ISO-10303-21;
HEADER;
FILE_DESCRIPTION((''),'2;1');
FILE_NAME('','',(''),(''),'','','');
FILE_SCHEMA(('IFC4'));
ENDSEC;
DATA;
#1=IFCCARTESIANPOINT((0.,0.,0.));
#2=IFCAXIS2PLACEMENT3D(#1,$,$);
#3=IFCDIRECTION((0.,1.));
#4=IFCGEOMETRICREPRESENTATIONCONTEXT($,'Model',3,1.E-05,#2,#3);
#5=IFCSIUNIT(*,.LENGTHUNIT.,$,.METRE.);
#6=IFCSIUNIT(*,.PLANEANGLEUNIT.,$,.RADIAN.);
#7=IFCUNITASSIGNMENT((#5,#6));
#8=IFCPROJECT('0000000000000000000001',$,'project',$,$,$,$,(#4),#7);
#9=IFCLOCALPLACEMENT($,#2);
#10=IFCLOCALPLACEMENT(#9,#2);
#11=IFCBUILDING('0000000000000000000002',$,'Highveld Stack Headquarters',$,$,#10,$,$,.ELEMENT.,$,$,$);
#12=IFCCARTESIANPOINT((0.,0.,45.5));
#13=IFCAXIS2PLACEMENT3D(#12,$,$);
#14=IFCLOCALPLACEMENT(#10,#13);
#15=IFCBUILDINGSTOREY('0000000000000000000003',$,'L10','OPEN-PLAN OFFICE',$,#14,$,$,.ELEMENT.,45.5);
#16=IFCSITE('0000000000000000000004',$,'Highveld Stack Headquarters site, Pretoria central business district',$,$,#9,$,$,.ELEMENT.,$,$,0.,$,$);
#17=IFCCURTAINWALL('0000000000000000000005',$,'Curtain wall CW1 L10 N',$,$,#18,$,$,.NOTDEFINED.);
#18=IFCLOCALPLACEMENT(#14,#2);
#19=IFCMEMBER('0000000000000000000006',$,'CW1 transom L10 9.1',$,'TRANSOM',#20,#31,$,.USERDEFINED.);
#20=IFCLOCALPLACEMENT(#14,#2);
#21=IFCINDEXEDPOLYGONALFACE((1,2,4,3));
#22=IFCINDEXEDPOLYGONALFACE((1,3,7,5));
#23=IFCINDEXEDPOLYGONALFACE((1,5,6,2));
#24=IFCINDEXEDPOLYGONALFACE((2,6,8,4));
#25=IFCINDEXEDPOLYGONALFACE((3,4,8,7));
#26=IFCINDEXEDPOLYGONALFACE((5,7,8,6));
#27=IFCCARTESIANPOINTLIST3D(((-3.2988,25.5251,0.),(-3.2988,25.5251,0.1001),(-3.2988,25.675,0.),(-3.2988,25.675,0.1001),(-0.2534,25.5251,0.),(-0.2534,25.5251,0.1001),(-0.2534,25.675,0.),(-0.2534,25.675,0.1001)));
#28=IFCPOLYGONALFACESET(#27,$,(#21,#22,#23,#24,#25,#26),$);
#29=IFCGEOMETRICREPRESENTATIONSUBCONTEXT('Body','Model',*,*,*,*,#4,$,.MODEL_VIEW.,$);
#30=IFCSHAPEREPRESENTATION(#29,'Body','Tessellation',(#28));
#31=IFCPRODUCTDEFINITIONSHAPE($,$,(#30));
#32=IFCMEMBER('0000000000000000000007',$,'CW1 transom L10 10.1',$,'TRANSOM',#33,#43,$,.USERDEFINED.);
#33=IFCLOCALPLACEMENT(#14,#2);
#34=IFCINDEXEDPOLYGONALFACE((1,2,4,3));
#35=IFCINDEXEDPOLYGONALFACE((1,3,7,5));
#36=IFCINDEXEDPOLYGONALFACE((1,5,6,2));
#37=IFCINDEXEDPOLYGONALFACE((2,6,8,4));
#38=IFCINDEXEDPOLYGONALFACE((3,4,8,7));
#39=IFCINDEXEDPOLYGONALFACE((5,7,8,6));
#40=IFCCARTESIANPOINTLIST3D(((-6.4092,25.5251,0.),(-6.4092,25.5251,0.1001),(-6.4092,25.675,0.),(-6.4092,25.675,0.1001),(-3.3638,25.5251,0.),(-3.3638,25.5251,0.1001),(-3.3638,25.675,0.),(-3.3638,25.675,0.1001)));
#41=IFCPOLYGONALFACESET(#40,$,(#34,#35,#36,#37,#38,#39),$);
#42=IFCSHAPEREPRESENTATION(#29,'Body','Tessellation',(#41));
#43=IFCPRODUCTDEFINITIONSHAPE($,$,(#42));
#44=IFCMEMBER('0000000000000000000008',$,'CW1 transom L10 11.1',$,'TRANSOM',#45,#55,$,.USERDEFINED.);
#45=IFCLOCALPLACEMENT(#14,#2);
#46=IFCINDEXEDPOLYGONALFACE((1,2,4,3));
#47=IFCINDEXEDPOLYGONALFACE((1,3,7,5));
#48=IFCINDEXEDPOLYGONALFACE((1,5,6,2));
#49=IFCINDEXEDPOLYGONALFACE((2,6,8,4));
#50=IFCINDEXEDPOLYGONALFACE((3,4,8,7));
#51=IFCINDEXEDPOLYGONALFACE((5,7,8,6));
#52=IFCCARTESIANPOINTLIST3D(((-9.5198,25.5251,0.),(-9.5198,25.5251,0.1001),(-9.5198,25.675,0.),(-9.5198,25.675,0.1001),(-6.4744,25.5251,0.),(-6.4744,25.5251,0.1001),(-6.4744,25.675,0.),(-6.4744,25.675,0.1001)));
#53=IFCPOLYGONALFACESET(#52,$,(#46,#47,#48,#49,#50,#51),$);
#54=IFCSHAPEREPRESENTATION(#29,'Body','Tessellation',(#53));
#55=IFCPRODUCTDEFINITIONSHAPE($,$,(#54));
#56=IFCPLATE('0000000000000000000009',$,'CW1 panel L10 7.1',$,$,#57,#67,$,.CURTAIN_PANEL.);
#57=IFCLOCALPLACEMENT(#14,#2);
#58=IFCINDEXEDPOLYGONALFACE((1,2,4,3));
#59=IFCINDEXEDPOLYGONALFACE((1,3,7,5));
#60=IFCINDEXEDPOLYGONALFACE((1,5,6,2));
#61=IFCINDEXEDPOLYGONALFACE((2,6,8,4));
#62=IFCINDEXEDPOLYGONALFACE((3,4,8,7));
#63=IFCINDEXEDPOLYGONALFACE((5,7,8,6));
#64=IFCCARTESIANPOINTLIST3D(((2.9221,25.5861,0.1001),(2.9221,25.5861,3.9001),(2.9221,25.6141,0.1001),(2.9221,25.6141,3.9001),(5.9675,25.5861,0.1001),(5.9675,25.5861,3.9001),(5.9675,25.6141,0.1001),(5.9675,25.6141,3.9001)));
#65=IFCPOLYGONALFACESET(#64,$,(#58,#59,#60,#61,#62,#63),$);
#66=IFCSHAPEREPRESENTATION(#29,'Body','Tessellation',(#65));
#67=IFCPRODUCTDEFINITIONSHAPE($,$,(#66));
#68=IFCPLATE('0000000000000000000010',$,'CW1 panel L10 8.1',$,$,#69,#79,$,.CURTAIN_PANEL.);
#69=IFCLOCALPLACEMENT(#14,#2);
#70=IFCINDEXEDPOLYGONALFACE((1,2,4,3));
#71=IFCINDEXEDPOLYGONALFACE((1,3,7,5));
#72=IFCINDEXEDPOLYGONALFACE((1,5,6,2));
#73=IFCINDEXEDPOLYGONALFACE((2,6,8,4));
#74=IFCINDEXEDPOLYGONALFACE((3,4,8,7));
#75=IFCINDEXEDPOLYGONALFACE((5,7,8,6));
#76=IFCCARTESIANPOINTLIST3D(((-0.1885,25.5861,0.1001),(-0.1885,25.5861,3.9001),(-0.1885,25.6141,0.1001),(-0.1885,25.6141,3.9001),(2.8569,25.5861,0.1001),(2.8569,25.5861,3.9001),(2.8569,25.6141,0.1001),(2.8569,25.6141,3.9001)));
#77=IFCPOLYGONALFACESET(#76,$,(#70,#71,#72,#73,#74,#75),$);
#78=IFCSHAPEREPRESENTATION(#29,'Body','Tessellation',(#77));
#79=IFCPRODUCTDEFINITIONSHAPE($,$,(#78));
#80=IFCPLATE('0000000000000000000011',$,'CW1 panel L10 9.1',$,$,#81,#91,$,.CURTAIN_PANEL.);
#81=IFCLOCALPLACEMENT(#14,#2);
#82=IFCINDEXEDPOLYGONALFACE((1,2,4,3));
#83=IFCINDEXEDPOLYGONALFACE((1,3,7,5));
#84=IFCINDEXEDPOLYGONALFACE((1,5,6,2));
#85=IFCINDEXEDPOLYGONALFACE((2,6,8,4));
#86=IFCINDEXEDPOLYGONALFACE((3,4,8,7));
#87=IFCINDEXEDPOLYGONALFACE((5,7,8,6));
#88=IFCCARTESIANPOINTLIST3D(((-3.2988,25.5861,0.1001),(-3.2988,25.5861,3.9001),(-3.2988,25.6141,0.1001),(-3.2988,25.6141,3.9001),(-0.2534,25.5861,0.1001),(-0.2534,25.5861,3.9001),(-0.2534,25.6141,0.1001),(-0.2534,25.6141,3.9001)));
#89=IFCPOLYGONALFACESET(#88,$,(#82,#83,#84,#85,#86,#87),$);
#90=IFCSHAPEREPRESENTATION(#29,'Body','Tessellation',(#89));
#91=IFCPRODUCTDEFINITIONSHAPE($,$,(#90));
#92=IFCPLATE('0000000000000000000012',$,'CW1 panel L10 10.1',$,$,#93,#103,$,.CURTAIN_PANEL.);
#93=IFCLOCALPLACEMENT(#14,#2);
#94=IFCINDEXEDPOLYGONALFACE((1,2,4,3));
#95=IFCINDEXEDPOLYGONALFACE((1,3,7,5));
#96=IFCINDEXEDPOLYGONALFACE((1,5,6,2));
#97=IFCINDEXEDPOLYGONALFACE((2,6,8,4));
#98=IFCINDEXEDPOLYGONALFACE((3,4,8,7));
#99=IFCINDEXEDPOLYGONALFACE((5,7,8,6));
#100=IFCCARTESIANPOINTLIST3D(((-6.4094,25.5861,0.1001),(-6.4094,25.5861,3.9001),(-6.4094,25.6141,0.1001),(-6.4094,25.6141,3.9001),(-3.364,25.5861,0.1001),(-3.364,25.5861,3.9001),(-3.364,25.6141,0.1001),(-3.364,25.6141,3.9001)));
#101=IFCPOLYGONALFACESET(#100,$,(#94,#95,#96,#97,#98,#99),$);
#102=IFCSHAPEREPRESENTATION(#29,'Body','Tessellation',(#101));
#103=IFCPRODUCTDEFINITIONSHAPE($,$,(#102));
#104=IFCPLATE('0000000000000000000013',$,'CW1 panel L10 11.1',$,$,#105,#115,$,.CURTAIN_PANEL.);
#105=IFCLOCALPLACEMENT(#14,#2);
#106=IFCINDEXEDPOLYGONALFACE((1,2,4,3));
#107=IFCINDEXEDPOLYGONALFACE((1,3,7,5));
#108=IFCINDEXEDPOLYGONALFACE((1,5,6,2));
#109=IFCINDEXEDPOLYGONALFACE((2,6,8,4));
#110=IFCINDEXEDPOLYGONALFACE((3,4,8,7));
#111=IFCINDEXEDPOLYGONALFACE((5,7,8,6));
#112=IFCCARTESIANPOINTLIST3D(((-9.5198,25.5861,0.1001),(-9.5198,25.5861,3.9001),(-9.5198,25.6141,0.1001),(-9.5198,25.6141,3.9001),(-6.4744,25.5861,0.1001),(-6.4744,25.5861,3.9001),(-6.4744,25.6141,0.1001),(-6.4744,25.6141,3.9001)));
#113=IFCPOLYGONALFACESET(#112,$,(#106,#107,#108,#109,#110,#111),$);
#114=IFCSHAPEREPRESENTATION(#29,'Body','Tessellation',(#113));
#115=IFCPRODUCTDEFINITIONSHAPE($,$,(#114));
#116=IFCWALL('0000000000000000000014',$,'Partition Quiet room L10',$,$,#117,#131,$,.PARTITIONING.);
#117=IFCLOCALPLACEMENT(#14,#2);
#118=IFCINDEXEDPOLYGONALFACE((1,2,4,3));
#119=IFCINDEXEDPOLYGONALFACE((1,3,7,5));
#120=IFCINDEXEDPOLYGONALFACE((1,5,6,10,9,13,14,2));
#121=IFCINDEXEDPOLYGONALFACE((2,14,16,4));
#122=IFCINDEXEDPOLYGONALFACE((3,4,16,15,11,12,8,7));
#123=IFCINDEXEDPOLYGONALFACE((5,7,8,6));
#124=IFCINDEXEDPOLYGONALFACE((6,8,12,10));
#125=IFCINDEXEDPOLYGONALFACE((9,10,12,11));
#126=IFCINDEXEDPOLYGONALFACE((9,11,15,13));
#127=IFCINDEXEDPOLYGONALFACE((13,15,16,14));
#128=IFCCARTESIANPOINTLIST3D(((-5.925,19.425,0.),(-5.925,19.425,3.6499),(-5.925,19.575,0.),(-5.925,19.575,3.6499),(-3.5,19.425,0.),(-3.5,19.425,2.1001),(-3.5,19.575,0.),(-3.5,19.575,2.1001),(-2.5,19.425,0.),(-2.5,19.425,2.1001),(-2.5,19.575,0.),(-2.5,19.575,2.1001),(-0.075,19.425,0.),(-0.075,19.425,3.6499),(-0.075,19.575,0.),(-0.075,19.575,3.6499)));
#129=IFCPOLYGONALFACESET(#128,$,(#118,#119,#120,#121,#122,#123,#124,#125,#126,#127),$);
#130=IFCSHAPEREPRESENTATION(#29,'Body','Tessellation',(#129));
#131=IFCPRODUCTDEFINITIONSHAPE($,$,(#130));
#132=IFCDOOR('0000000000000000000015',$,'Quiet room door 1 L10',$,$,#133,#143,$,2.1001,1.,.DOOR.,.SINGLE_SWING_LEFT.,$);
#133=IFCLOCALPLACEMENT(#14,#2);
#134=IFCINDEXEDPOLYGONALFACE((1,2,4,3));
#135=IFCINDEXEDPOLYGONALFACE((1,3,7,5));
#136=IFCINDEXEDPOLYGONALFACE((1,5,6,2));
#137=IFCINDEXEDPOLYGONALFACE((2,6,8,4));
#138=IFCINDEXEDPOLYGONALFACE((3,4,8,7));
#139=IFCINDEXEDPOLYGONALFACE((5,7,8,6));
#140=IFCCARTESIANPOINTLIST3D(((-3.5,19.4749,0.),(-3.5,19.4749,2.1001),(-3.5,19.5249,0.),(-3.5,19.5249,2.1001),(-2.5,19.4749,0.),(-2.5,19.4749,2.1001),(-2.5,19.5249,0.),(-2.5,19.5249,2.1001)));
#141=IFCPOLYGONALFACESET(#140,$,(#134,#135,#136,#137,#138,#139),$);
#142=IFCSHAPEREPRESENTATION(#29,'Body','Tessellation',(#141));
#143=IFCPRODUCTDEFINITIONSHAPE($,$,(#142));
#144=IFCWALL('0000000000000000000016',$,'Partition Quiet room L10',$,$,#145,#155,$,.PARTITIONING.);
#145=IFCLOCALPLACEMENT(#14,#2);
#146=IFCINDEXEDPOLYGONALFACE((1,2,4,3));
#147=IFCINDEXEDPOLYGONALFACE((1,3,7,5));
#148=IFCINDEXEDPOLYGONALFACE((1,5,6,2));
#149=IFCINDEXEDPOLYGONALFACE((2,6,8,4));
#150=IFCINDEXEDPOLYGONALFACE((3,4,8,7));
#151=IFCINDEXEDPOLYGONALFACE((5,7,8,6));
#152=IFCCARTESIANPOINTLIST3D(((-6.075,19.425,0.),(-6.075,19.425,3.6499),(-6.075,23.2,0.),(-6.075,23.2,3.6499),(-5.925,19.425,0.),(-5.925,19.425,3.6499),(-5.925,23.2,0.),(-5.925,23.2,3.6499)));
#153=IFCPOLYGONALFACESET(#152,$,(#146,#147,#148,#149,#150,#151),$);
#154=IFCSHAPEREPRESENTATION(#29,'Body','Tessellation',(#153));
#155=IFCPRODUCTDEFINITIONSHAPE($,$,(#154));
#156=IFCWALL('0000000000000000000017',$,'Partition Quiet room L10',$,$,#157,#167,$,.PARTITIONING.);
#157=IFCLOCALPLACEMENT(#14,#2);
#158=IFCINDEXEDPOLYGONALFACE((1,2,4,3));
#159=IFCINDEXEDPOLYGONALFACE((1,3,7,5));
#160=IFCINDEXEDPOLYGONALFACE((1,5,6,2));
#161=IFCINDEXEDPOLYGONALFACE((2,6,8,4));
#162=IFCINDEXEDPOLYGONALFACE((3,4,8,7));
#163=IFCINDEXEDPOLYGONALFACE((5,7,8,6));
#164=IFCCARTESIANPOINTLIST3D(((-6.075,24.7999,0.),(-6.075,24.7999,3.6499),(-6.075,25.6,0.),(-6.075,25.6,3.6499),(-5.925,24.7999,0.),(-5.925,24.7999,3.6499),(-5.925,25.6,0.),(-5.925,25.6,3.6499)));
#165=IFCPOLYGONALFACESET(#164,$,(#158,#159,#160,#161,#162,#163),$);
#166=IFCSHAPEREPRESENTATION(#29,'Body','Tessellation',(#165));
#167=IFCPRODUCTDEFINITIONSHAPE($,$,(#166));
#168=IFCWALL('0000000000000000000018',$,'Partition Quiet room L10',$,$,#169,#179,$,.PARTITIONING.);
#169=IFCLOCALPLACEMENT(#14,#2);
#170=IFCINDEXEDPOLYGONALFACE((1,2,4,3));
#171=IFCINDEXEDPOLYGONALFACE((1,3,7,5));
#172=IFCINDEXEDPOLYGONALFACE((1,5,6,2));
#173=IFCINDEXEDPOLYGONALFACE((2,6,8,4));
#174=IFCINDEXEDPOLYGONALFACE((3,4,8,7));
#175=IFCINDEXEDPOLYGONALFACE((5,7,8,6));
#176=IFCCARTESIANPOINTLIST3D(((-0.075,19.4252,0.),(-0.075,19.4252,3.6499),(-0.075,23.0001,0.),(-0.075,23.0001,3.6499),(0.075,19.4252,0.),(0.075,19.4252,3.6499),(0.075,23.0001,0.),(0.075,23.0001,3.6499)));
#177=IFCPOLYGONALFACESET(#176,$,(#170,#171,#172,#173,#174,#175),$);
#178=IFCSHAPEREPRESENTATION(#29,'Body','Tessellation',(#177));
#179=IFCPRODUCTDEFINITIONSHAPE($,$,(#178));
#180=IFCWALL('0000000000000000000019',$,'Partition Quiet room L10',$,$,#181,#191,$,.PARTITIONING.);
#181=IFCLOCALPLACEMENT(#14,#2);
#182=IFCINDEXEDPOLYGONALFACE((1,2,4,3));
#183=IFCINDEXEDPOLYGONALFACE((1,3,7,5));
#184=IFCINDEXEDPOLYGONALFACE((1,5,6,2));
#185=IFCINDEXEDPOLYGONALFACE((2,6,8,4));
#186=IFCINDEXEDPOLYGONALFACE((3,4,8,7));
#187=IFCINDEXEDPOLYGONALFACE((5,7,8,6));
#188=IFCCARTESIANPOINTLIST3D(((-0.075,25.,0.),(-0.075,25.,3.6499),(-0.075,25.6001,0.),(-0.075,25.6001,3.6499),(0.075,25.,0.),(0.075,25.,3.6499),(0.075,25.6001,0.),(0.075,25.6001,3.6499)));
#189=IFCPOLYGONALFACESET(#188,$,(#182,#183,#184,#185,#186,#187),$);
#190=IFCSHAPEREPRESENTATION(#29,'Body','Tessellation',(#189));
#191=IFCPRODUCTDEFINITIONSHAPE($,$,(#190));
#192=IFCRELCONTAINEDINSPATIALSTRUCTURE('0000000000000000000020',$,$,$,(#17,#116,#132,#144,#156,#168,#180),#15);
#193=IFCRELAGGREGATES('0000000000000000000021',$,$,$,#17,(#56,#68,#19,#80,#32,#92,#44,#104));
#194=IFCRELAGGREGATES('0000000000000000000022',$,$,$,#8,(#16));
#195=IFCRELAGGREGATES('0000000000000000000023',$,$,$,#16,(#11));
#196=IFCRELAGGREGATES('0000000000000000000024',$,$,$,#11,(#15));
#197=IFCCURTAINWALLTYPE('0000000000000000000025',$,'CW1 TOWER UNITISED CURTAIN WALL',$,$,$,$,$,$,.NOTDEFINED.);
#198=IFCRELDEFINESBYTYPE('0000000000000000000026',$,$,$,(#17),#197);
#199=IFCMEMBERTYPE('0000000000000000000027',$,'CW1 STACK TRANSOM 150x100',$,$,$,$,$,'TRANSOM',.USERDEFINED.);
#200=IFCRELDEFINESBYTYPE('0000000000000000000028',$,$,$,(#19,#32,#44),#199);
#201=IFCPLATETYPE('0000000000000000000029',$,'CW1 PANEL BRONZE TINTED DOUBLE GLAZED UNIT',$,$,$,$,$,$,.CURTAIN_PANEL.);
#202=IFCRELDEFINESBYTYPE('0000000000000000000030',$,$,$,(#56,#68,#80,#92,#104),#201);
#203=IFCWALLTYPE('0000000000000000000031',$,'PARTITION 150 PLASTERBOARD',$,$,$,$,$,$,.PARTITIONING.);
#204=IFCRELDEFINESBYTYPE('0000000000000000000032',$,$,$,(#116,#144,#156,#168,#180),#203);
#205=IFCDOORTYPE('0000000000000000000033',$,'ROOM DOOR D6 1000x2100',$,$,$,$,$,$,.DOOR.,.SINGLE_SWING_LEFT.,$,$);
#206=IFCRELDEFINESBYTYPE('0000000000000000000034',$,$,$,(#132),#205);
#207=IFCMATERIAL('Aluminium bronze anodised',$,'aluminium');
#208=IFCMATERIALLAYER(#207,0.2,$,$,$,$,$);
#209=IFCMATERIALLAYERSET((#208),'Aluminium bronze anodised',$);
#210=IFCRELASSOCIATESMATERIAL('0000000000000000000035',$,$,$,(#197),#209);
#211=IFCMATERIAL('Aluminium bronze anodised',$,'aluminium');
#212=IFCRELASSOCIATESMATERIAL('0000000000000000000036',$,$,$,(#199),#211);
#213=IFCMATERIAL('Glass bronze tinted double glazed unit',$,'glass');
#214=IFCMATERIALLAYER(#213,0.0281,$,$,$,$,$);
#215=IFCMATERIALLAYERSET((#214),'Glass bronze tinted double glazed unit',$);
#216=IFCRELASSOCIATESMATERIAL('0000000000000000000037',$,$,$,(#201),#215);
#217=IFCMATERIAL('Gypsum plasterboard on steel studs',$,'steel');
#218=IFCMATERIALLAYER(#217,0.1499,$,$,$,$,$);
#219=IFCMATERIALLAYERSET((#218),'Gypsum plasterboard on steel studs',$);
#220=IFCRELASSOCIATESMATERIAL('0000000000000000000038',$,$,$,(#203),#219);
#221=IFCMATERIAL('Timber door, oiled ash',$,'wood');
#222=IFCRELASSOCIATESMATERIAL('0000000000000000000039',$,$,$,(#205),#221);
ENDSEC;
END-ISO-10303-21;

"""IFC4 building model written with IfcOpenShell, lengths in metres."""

from ifc_helpers import new_model, si_unit, direction, frame, frame_2d, origin, origin_2d, place, context, subcontext, project, spatial, rectangle, extrude, material, layer, layer_set, material_profile, profile_set, type_object, element, fill, aggregate, save


model = new_model("IFC4")

# Units and contexts
model_context = context("Model", 3, precision=1e-05, world=origin(), true_north=direction((0.0, 1.0)))
body_context = subcontext(model_context, "Body", "Model", "MODEL_VIEW")
ifc_project = project(units=[si_unit("LENGTHUNIT", "METRE"), si_unit("PLANEANGLEUNIT", "RADIAN")], contexts=[model_context])

# Site, building, storey
site_placement = place(None, origin())
site = spatial("IfcSite", under=ifc_project, at=site_placement, Name="Highveld Stack Headquarters site, Pretoria central business district", CompositionType="ELEMENT", RefElevation=0.0)
building_placement = place(site_placement, origin())
building = spatial("IfcBuilding", under=site, at=building_placement, Name="Highveld Stack Headquarters", CompositionType="ELEMENT")
storey_placement = place(building_placement, frame((0.0, 0.0, 45.5)))
storey = spatial("IfcBuildingStorey", under=building, at=storey_placement, Name="L10", Description="OPEN-PLAN OFFICE", CompositionType="ELEMENT", Elevation=45.5)

# Curtain wall, members, plates
ifc_material_1 = material(Name="Aluminium bronze anodised", Category="aluminium")
ifc_layer_1 = layer(ifc_material_1, 0.2)
ifc_layer_set_1 = layer_set([ifc_layer_1], Name="Aluminium bronze anodised")
curtain_wall_type = type_object("IfcCurtainWallType", Name="CW1 TOWER UNITISED CURTAIN WALL", PredefinedType="NOTDEFINED", material=ifc_layer_set_1)
curtain_wall_placement = place(storey_placement, origin())
curtain_wall = element("IfcCurtainWall", 1, at=curtain_wall_placement, inside=storey, type_object=curtain_wall_type, Name="Curtain wall CW1 L10 N", PredefinedType="NOTDEFINED")
ifc_material_2 = material(Name="Aluminium bronze anodised", Category="aluminium")
ifc_material_profile_1 = material_profile(ifc_material_2, rectangle(XDim=0.1499, YDim=0.1001, at=origin_2d()), Name="CW1 TRANSOM 150x100")
ifc_profile_set_1 = profile_set([ifc_material_profile_1], Name="Aluminium bronze anodised")
member_type_1 = type_object("IfcMemberType", Name="CW1 STACK TRANSOM 150x100", ElementType="TRANSOM", PredefinedType="USERDEFINED", material=ifc_profile_set_1)
member_1_placement = place(storey_placement, frame((-0.2534, 25.6001, 0.05), z_axis=(-1.0, 0.0, 0.0), x_axis=(0.0, -1.0, 0.0)))
member_1 = element("IfcMember", 2, at=member_1_placement, type_object=member_type_1, Name="CW1 transom L10 9.1", ObjectType="TRANSOM", PredefinedType="USERDEFINED", context=body_context, shape_type="SweptSolid", body=[
    extrude(rectangle(XDim=0.1499, YDim=0.1001, at=origin_2d()), origin(), (0.0, 0.0, 1.0), 3.0454),
])
member_2_placement = place(storey_placement, frame((-3.3638, 25.6001, 0.05), z_axis=(-1.0, 0.0, 0.0), x_axis=(0.0, -1.0, 0.0)))
member_2 = element("IfcMember", 3, at=member_2_placement, type_object=member_type_1, Name="CW1 transom L10 10.1", ObjectType="TRANSOM", PredefinedType="USERDEFINED", context=body_context, shape_type="SweptSolid", body=[
    extrude(rectangle(XDim=0.1499, YDim=0.1001, at=origin_2d()), origin(), (0.0, 0.0, 1.0), 3.0454),
])
member_3_placement = place(storey_placement, frame((-6.4744, 25.6001, 0.05), z_axis=(-1.0, 0.0, 0.0), x_axis=(0.0, -1.0, 0.0)))
member_3 = element("IfcMember", 4, at=member_3_placement, type_object=member_type_1, Name="CW1 transom L10 11.1", ObjectType="TRANSOM", PredefinedType="USERDEFINED", context=body_context, shape_type="SweptSolid", body=[
    extrude(rectangle(XDim=0.1499, YDim=0.1001, at=origin_2d()), origin(), (0.0, 0.0, 1.0), 3.0454),
])
ifc_material_3 = material(Name="Glass bronze tinted double glazed unit", Category="glass")
ifc_layer_2 = layer(ifc_material_3, 0.0281)
ifc_layer_set_2 = layer_set([ifc_layer_2], Name="Glass bronze tinted double glazed unit")
plate_type = type_object("IfcPlateType", Name="CW1 PANEL BRONZE TINTED DOUBLE GLAZED UNIT", PredefinedType="CURTAIN_PANEL", material=ifc_layer_set_2)
plate_1_placement = place(storey_placement, frame((4.4448, 25.6001, 0.1001), z_axis=(0.0, 0.0, 1.0), x_axis=(-1.0, 0.0, 0.0)))
plate_1 = element("IfcPlate", 5, at=plate_1_placement, type_object=plate_type, Name="CW1 panel L10 7.1", PredefinedType="CURTAIN_PANEL", context=body_context, shape_type="SweptSolid", body=[
    extrude(rectangle(XDim=3.0454, YDim=0.0281, at=origin_2d()), origin(), (0.0, 0.0, 1.0), 3.8),
])
plate_2_placement = place(storey_placement, frame((1.3342, 25.6001, 0.1001), z_axis=(0.0, 0.0, 1.0), x_axis=(-1.0, 0.0, 0.0)))
plate_2 = element("IfcPlate", 6, at=plate_2_placement, type_object=plate_type, Name="CW1 panel L10 8.1", PredefinedType="CURTAIN_PANEL", context=body_context, shape_type="SweptSolid", body=[
    extrude(rectangle(XDim=3.0454, YDim=0.0281, at=origin_2d()), origin(), (0.0, 0.0, 1.0), 3.8),
])
plate_3_placement = place(storey_placement, frame((-1.7761, 25.6001, 0.1001), z_axis=(0.0, 0.0, 1.0), x_axis=(-1.0, 0.0, 0.0)))
plate_3 = element("IfcPlate", 7, at=plate_3_placement, type_object=plate_type, Name="CW1 panel L10 9.1", PredefinedType="CURTAIN_PANEL", context=body_context, shape_type="SweptSolid", body=[
    extrude(rectangle(XDim=3.0454, YDim=0.0281, at=origin_2d()), origin(), (0.0, 0.0, 1.0), 3.8),
])
plate_4_placement = place(storey_placement, frame((-4.8867, 25.6001, 0.1001), z_axis=(0.0, 0.0, 1.0), x_axis=(-1.0, 0.0, 0.0)))
plate_4 = element("IfcPlate", 8, at=plate_4_placement, type_object=plate_type, Name="CW1 panel L10 10.1", PredefinedType="CURTAIN_PANEL", context=body_context, shape_type="SweptSolid", body=[
    extrude(rectangle(XDim=3.0454, YDim=0.0281, at=origin_2d()), origin(), (0.0, 0.0, 1.0), 3.8),
])
plate_5_placement = place(storey_placement, frame((-7.9971, 25.6001, 0.1001), z_axis=(0.0, 0.0, 1.0), x_axis=(-1.0, 0.0, 0.0)))
plate_5 = element("IfcPlate", 9, at=plate_5_placement, type_object=plate_type, Name="CW1 panel L10 11.1", PredefinedType="CURTAIN_PANEL", context=body_context, shape_type="SweptSolid", body=[
    extrude(rectangle(XDim=3.0454, YDim=0.0281, at=origin_2d()), origin(), (0.0, 0.0, 1.0), 3.8),
])
aggregate(curtain_wall, [plate_1, plate_2, member_1, plate_3, member_2, plate_4, member_3, plate_5])

# Wall, opening, door
ifc_material_4 = material(Name="Gypsum plasterboard on steel studs", Category="steel")
ifc_layer_3 = layer(ifc_material_4, 0.1499)
ifc_layer_set_3 = layer_set([ifc_layer_3], Name="Gypsum plasterboard on steel studs")
wall_type = type_object("IfcWallType", Name="PARTITION 150 PLASTERBOARD", PredefinedType="PARTITIONING", material=ifc_layer_set_3)
wall_1_placement = place(storey_placement, frame((-5.925, 19.5, 0.0), z_axis=(0.0, 0.0, 1.0), x_axis=(1.0, 0.0, 0.0)))
wall_1 = element("IfcWall", 10, at=wall_1_placement, inside=storey, type_object=wall_type, Name="Partition Quiet room L10", PredefinedType="PARTITIONING", context=body_context, shape_type="SweptSolid", body=[
    extrude(rectangle(XDim=5.8501, YDim=0.1499, at=frame_2d((2.925, 0.0))), origin(), (0.0, 0.0, 1.0), 3.6499),
])
opening_placement = place(wall_1_placement, frame((2.425, 0.0, 0.0)))
opening = element("IfcOpeningElement", 11, at=opening_placement, cuts=wall_1, PredefinedType="OPENING", context=body_context, shape_type="SweptSolid", body=[
    extrude(rectangle(XDim=1.0, YDim=2.1001, at=frame_2d((0.5, 1.05))), frame((0.0, 0.085, 0.0), z_axis=(0.0, -1.0, 0.0), x_axis=(1.0, 0.0, 0.0)), (0.0, 0.0, 1.0), 0.1699),
])
ifc_material_5 = material(Name="Timber door, oiled ash", Category="wood")
door_type = type_object("IfcDoorType", Name="ROOM DOOR D6 1000x2100", OperationType="SINGLE_SWING_LEFT", PredefinedType="DOOR", material=ifc_material_5)
door_placement = place(opening_placement, origin())
door = element("IfcDoor", 12, at=door_placement, inside=storey, type_object=door_type, Name="Quiet room door 1 L10", OperationType="SINGLE_SWING_LEFT", OverallHeight=2.1001, OverallWidth=1.0, PredefinedType="DOOR", context=body_context, shape_type="SweptSolid", body=[
    extrude(rectangle(XDim=1.0, YDim=2.1001, at=frame_2d((0.5, 1.05))), frame((0.0, 0.0249, 0.0), z_axis=(0.0, -1.0, 0.0), x_axis=(1.0, 0.0, 0.0)), (0.0, 0.0, 1.0), 0.05),
])
fill(opening, door)

# Walls
wall_2_placement = place(storey_placement, frame((-6.0, 19.425, 0.0), z_axis=(0.0, 0.0, 1.0), x_axis=(0.0, 1.0, 0.0)))
element("IfcWall", 13, at=wall_2_placement, inside=storey, type_object=wall_type, Name="Partition Quiet room L10", PredefinedType="PARTITIONING", context=body_context, shape_type="SweptSolid", body=[
    extrude(rectangle(XDim=3.7749, YDim=0.1499, at=frame_2d((1.8875, 0.0))), origin(), (0.0, 0.0, 1.0), 3.6499),
])
wall_3_placement = place(storey_placement, frame((-6.0, 24.8, 0.0), z_axis=(0.0, 0.0, 1.0), x_axis=(0.0, 1.0, 0.0)))
element("IfcWall", 14, at=wall_3_placement, inside=storey, type_object=wall_type, Name="Partition Quiet room L10", PredefinedType="PARTITIONING", context=body_context, shape_type="SweptSolid", body=[
    extrude(rectangle(XDim=0.8, YDim=0.1499, at=frame_2d((0.3999, 0.0))), origin(), (0.0, 0.0, 1.0), 3.6499),
])
wall_4_placement = place(storey_placement, frame((0.0, 19.425, 0.0), z_axis=(0.0, 0.0, 1.0), x_axis=(0.0, 1.0, 0.0)))
element("IfcWall", 15, at=wall_4_placement, inside=storey, type_object=wall_type, Name="Partition Quiet room L10", PredefinedType="PARTITIONING", context=body_context, shape_type="SweptSolid", body=[
    extrude(rectangle(XDim=3.575, YDim=0.1499, at=frame_2d((1.7876, 0.0))), origin(), (0.0, 0.0, 1.0), 3.6499),
])
wall_5_placement = place(storey_placement, frame((0.0, 25.0, 0.0), z_axis=(0.0, 0.0, 1.0), x_axis=(0.0, 1.0, 0.0)))
element("IfcWall", 16, at=wall_5_placement, inside=storey, type_object=wall_type, Name="Partition Quiet room L10", PredefinedType="PARTITIONING", context=body_context, shape_type="SweptSolid", body=[
    extrude(rectangle(XDim=0.6001, YDim=0.1499, at=frame_2d((0.3, 0.0))), origin(), (0.0, 0.0, 1.0), 3.6499),
])

save(model, "model.ifc")
